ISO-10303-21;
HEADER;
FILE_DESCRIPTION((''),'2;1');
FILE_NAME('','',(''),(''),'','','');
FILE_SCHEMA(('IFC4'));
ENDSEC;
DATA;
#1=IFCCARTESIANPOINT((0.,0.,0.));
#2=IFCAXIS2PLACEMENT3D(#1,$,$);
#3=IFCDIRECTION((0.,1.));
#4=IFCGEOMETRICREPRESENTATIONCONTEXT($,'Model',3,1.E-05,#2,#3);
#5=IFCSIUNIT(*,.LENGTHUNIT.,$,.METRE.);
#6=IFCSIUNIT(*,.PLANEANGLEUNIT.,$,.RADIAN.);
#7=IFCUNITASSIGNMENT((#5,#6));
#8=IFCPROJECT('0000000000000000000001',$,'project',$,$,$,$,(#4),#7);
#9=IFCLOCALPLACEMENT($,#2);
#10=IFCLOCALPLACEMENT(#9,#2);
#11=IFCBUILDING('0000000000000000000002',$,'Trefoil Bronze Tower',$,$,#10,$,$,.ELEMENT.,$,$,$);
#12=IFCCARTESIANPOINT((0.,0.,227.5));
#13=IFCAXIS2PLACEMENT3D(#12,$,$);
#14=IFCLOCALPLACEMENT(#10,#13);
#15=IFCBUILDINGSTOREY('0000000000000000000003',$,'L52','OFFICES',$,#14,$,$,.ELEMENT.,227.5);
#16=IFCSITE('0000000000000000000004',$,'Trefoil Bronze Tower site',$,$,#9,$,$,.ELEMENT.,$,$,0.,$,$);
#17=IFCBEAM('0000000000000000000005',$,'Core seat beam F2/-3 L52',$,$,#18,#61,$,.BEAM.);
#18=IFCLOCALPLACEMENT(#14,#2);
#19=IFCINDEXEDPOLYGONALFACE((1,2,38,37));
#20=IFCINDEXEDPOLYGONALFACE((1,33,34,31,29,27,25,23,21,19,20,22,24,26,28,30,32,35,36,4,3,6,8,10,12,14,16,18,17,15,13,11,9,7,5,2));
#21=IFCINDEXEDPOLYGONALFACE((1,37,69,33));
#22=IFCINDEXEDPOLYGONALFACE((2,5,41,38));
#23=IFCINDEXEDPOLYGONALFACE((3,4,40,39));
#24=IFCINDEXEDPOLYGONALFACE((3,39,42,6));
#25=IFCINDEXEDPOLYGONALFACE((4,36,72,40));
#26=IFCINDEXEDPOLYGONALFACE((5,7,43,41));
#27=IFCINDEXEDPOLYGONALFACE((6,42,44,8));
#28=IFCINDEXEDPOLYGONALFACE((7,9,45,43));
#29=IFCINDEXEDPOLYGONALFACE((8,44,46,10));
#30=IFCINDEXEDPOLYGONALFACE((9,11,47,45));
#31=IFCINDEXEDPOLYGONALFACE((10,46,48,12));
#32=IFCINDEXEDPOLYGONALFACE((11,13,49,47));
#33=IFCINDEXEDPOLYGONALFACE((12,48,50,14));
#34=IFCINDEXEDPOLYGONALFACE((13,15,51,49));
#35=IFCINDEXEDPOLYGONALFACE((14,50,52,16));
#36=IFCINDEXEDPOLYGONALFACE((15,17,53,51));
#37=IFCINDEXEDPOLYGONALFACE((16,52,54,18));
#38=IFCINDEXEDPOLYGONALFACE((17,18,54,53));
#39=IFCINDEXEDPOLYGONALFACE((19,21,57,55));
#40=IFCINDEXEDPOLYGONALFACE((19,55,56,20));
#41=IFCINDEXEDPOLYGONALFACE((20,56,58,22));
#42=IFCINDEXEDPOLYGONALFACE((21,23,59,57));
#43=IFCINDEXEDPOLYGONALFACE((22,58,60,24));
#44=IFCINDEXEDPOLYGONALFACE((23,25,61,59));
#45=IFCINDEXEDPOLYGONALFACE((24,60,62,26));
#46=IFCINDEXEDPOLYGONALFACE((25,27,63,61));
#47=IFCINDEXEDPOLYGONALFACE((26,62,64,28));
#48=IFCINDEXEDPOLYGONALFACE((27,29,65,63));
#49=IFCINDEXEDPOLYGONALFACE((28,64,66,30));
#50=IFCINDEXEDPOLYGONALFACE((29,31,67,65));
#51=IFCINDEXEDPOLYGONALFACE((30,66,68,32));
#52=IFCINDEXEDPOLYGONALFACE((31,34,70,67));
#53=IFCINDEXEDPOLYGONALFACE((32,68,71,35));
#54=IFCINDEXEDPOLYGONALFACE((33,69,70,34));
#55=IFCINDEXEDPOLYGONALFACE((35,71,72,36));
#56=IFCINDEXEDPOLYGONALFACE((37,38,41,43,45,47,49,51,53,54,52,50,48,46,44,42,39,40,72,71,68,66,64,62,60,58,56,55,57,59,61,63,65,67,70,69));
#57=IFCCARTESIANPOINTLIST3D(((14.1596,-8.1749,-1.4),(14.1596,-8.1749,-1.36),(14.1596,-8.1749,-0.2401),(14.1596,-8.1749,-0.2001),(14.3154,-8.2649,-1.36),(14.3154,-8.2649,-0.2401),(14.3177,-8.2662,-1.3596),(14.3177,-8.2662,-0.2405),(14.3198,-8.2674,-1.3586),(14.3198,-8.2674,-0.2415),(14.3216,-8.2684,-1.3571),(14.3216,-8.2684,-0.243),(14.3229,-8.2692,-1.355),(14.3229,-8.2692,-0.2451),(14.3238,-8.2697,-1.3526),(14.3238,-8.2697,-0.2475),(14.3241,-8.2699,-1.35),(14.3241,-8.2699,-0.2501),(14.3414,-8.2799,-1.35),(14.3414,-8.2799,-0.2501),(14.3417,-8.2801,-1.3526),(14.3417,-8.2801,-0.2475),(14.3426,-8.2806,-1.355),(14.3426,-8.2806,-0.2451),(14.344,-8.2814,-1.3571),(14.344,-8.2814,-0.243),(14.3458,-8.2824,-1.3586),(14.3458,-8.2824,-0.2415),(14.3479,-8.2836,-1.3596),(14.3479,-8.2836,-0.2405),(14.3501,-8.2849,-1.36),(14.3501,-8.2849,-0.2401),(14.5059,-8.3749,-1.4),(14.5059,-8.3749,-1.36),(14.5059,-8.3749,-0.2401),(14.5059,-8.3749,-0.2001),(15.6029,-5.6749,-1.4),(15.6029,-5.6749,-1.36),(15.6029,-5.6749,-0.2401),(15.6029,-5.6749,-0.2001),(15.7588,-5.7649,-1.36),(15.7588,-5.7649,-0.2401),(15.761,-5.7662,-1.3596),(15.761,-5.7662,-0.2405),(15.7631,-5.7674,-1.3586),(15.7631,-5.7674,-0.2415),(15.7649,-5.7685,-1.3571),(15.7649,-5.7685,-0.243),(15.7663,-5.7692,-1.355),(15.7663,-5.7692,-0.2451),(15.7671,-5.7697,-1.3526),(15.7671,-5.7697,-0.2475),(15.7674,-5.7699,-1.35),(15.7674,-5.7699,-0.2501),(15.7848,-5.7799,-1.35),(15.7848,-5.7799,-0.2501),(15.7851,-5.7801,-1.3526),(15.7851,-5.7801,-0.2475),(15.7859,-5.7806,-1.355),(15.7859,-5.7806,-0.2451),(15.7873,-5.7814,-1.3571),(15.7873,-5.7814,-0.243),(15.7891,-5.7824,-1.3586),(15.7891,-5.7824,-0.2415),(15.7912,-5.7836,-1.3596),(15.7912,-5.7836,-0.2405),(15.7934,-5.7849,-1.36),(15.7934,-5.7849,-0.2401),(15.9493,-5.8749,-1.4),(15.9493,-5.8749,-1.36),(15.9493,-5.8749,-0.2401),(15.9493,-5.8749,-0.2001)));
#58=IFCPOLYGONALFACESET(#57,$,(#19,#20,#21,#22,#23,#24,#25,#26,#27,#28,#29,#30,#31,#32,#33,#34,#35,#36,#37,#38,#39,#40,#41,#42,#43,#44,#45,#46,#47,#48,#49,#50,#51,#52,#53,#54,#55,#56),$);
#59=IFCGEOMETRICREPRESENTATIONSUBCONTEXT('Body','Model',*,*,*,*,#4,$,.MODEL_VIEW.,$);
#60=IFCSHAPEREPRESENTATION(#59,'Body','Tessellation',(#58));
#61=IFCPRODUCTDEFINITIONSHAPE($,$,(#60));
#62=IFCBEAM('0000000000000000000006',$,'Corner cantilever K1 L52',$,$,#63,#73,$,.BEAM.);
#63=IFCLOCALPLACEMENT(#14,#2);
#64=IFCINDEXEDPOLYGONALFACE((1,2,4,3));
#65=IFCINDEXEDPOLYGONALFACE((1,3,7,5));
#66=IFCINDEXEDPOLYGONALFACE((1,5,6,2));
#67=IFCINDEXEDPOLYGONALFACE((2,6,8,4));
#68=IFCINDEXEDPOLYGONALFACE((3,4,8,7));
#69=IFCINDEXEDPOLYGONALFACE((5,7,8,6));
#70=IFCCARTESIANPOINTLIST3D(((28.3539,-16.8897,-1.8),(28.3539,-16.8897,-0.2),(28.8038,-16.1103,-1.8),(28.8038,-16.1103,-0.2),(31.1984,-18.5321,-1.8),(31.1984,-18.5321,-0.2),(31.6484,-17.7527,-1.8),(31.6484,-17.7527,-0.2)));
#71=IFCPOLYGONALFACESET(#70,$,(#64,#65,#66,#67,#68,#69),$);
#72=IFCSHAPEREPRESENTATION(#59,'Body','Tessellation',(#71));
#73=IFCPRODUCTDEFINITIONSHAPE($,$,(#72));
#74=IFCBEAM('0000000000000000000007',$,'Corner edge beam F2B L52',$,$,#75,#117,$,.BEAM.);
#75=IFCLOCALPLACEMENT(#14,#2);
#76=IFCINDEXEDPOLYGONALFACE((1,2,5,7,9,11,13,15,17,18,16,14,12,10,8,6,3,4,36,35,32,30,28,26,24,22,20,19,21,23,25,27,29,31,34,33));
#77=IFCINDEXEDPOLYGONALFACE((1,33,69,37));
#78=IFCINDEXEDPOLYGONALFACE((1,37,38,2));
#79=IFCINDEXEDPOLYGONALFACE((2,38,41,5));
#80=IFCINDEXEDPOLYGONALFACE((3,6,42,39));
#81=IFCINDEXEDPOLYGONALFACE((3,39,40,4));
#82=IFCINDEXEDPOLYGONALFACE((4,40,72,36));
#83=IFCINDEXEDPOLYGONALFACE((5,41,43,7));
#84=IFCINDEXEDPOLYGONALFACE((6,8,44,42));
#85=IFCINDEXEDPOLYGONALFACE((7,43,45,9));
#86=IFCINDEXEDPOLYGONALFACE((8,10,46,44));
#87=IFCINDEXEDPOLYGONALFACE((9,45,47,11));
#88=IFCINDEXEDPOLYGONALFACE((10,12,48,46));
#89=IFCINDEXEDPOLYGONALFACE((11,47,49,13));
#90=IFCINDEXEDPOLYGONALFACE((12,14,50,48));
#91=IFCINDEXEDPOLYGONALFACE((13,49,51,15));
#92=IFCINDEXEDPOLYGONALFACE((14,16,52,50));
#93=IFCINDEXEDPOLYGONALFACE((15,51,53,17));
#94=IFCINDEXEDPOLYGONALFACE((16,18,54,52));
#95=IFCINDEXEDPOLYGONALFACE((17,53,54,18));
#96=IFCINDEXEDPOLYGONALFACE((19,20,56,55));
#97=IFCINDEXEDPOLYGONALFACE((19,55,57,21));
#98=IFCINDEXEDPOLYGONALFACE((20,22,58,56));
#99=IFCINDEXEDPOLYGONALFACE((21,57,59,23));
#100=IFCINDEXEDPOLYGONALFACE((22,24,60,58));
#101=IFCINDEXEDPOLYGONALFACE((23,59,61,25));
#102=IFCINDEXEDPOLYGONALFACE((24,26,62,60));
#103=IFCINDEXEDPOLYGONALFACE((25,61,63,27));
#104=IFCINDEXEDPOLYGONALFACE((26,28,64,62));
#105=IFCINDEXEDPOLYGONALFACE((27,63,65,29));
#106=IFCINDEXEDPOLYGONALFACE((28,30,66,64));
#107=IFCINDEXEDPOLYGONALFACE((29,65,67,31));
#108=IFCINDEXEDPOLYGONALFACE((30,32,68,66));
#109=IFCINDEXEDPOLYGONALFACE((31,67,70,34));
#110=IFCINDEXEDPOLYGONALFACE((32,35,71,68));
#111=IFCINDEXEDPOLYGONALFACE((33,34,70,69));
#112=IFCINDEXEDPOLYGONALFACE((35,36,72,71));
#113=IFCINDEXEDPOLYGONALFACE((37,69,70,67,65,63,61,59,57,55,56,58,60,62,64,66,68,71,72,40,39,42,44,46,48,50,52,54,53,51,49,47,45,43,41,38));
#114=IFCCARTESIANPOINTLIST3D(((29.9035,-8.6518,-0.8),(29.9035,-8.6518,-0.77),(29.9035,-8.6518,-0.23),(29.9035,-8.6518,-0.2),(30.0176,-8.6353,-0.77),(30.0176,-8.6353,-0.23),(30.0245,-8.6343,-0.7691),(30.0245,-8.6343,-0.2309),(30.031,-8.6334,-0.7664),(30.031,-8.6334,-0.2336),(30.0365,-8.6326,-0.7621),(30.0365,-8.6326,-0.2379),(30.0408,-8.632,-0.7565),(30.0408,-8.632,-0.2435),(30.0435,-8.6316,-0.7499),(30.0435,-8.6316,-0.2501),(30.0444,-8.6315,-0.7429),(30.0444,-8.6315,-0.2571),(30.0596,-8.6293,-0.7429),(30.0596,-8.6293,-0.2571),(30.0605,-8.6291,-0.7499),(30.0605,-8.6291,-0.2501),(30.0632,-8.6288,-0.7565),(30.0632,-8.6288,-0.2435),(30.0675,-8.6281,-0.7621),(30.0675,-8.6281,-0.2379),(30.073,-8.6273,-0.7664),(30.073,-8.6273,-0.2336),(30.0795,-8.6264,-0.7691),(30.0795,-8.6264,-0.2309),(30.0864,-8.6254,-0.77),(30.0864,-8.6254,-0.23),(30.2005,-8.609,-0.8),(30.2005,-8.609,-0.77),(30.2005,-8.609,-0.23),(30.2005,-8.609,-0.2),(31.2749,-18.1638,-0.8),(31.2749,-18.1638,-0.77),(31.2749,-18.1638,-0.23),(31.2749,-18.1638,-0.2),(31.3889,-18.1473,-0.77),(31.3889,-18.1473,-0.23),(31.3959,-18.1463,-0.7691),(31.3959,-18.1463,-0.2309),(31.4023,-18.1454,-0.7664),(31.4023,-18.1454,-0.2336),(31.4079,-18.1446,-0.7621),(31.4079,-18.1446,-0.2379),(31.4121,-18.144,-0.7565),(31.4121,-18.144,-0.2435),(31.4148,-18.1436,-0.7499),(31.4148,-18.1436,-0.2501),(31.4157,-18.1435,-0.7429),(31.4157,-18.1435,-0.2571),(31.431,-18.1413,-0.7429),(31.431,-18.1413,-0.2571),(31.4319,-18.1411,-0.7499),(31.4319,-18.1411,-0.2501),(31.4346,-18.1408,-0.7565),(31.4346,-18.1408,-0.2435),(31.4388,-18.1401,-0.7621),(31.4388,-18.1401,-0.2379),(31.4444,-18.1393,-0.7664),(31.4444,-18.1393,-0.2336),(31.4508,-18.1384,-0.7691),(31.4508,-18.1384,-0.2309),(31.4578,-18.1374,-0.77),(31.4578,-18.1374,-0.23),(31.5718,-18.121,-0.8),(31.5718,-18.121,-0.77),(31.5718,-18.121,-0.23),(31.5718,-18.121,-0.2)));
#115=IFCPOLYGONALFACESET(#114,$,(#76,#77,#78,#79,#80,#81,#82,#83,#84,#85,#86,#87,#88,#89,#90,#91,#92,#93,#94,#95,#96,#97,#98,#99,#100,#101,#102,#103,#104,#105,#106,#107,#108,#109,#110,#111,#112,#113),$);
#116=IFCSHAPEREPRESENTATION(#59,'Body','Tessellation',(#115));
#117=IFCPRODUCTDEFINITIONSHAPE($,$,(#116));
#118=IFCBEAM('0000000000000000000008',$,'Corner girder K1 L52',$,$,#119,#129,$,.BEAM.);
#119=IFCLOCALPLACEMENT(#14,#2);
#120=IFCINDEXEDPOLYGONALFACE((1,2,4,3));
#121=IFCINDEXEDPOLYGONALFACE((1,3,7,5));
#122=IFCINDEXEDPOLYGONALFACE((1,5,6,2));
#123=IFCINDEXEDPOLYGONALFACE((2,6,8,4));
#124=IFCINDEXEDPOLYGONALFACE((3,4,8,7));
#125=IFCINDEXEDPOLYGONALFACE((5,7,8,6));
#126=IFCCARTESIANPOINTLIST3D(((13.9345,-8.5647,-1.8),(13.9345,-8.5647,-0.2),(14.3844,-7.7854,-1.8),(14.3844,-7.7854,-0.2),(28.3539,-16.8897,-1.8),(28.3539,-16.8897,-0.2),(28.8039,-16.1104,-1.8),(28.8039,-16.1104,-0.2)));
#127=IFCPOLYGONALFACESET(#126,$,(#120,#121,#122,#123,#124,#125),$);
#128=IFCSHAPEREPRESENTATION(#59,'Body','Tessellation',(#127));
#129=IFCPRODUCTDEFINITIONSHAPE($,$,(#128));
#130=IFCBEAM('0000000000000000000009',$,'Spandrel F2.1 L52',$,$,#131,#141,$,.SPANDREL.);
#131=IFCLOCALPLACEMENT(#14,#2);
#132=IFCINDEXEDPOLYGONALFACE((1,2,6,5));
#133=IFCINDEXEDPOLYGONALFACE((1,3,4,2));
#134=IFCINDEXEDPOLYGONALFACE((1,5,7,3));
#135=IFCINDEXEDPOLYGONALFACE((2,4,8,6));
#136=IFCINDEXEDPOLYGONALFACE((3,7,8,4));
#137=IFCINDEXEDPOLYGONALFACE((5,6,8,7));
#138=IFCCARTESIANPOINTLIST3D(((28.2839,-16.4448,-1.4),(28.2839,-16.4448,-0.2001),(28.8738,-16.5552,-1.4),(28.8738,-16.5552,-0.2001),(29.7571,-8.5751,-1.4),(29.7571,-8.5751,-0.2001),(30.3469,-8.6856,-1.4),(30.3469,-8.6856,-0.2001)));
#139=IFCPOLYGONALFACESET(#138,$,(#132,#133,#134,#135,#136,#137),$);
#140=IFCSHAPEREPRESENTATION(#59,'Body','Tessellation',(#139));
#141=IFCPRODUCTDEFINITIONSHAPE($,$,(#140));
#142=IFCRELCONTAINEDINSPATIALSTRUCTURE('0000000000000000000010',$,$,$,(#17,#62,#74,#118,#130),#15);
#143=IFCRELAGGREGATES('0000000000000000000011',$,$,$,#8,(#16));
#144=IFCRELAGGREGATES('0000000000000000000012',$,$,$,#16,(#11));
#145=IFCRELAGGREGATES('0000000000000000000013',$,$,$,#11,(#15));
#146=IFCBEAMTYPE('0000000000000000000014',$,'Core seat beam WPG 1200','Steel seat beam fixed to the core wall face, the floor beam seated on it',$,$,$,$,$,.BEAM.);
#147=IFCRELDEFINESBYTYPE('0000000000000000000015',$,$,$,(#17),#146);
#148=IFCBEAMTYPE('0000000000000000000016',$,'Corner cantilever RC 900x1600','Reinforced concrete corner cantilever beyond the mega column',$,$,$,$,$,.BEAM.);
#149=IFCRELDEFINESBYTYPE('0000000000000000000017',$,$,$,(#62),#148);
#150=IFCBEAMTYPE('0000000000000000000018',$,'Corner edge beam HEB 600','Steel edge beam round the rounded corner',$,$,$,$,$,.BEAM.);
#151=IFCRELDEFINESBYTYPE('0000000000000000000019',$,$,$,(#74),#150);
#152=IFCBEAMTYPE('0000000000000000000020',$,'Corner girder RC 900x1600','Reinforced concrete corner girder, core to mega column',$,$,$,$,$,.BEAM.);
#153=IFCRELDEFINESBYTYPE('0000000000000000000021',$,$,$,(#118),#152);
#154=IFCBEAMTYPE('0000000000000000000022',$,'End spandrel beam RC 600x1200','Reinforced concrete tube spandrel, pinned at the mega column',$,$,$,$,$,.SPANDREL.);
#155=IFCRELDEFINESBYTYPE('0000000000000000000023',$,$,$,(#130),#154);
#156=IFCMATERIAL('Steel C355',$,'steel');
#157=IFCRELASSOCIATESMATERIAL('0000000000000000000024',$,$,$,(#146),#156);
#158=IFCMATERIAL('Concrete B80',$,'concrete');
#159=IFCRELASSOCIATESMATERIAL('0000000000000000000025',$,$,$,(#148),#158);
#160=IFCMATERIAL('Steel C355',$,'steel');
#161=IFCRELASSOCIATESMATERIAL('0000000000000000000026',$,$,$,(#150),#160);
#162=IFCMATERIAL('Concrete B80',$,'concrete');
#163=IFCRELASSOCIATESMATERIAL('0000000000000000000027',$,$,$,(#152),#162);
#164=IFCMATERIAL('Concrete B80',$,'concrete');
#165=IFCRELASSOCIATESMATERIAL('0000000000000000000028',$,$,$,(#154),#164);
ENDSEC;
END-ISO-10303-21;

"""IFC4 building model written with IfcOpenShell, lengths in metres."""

from ifc_helpers import new_model, si_unit, direction, frame, origin, origin_2d, place, context, subcontext, project, spatial, rectangle, i_section, extrude, material, material_profile, profile_set, type_object, element, save


model = new_model("IFC4")

# Units and contexts
model_context = context("Model", 3, precision=1e-05, world=origin(), true_north=direction((0.0, 1.0)))
body_context = subcontext(model_context, "Body", "Model", "MODEL_VIEW")
ifc_project = project(units=[si_unit("LENGTHUNIT", "METRE"), si_unit("PLANEANGLEUNIT", "RADIAN")], contexts=[model_context])

# Site, building, storey
site_placement = place(None, origin())
site = spatial("IfcSite", under=ifc_project, at=site_placement, Name="Trefoil Bronze Tower site", CompositionType="ELEMENT", RefElevation=0.0)
building_placement = place(site_placement, origin())
building = spatial("IfcBuilding", under=site, at=building_placement, Name="Trefoil Bronze Tower", CompositionType="ELEMENT")
storey_placement = place(building_placement, frame((0.0, 0.0, 227.5)))
storey = spatial("IfcBuildingStorey", under=building, at=storey_placement, Name="L52", Description="OFFICES", CompositionType="ELEMENT", Elevation=227.5)

# Beams
ifc_material_1 = material(Name="Steel C355", Category="steel")
ifc_material_profile_1 = material_profile(ifc_material_1, i_section(OverallWidth=0.3999, OverallDepth=1.2, WebThickness=0.02, FlangeThickness=0.04, FilletRadius=0.01, at=origin_2d()), Name="WPG 1200")
ifc_profile_set_1 = profile_set([ifc_material_profile_1], Name="Steel C355")
beam_type_1 = type_object("IfcBeamType", Name="Core seat beam WPG 1200", Description="Steel seat beam fixed to the core wall face, the floor beam seated on it", PredefinedType="BEAM", material=ifc_profile_set_1)
beam_1_placement = place(storey_placement, frame((14.3328, -8.2749, -0.8), z_axis=(0.499996, 0.866028, 0.0), x_axis=(-0.866028, 0.499996, 0.0)))
element("IfcBeam", 1, at=beam_1_placement, inside=storey, type_object=beam_type_1, Name="Core seat beam F2/-3 L52", PredefinedType="BEAM", context=body_context, shape_type="SweptSolid", body=[
    extrude(i_section(OverallWidth=0.3999, OverallDepth=1.2, WebThickness=0.02, FlangeThickness=0.04, FilletRadius=0.01, at=origin_2d()), origin(), (0.0, 0.0, 1.0), 2.8867),
])
ifc_material_2 = material(Name="Concrete B80", Category="concrete")
ifc_material_profile_2 = material_profile(ifc_material_2, rectangle(XDim=0.8999, YDim=1.6001, at=origin_2d()), Name="RC 900x1600")
ifc_profile_set_2 = profile_set([ifc_material_profile_2], Name="Concrete B80")
beam_type_2 = type_object("IfcBeamType", Name="Corner cantilever RC 900x1600", Description="Reinforced concrete corner cantilever beyond the mega column", PredefinedType="BEAM", material=ifc_profile_set_2)
beam_2_placement = place(storey_placement, frame((28.5789, -16.5, -1.0), z_axis=(0.866016, -0.500016, 0.0), x_axis=(0.500016, 0.866016, 0.0)))
element("IfcBeam", 2, at=beam_2_placement, inside=storey, type_object=beam_type_2, Name="Corner cantilever K1 L52", PredefinedType="BEAM", context=body_context, shape_type="SweptSolid", body=[
    extrude(rectangle(XDim=0.8999, YDim=1.6001, at=origin_2d()), origin(), (0.0, 0.0, 1.0), 3.2847),
])
ifc_material_3 = material(Name="Steel C355", Category="steel")
ifc_material_profile_3 = material_profile(ifc_material_3, i_section(OverallWidth=0.3, OverallDepth=0.6001, WebThickness=0.0154, FlangeThickness=0.03, FilletRadius=0.0271, at=origin_2d()), Name="HEB 600")
ifc_profile_set_3 = profile_set([ifc_material_profile_3], Name="Steel C355")
beam_type_3 = type_object("IfcBeamType", Name="Corner edge beam HEB 600", Description="Steel edge beam round the rounded corner", PredefinedType="BEAM", material=ifc_profile_set_3)
beam_3_placement = place(storey_placement, frame((30.052, -8.6304, -0.5), z_axis=(0.142694, -0.989767, 0.0), x_axis=(0.989767, 0.142694, 0.0)))
element("IfcBeam", 3, at=beam_3_placement, inside=storey, type_object=beam_type_3, Name="Corner edge beam F2B L52", PredefinedType="BEAM", context=body_context, shape_type="SweptSolid", body=[
    extrude(i_section(OverallWidth=0.3, OverallDepth=0.6001, WebThickness=0.0154, FlangeThickness=0.03, FilletRadius=0.0271, at=origin_2d()), origin(), (0.0, 0.0, 1.0), 9.6104),
])
ifc_material_4 = material(Name="Concrete B80", Category="concrete")
ifc_material_profile_4 = material_profile(ifc_material_4, rectangle(XDim=0.8999, YDim=1.6001, at=origin_2d()), Name="RC 900x1600")
ifc_profile_set_4 = profile_set([ifc_material_profile_4], Name="Concrete B80")
beam_type_4 = type_object("IfcBeamType", Name="Corner girder RC 900x1600", Description="Reinforced concrete corner girder, core to mega column", PredefinedType="BEAM", material=ifc_profile_set_4)
beam_4_placement = place(storey_placement, frame((14.1594, -8.175, -1.0), z_axis=(0.866028, -0.499995, 0.0), x_axis=(0.499995, 0.866028, 0.0)))
element("IfcBeam", 4, at=beam_4_placement, inside=storey, type_object=beam_type_4, Name="Corner girder K1 L52", PredefinedType="BEAM", context=body_context, shape_type="SweptSolid", body=[
    extrude(rectangle(XDim=0.8999, YDim=1.6001, at=origin_2d()), origin(), (0.0, 0.0, 1.0), 16.6501),
])
ifc_material_5 = material(Name="Concrete B80", Category="concrete")
ifc_material_profile_5 = material_profile(ifc_material_5, rectangle(XDim=0.6001, YDim=1.2, at=origin_2d()), Name="RC 600x1200")
ifc_profile_set_5 = profile_set([ifc_material_profile_5], Name="Concrete B80")
beam_type_5 = type_object("IfcBeamType", Name="End spandrel beam RC 600x1200", Description="Reinforced concrete tube spandrel, pinned at the mega column", PredefinedType="SPANDREL", material=ifc_profile_set_5)
beam_5_placement = place(storey_placement, frame((28.5789, -16.5, -0.8), z_axis=(0.183998, 0.982927, 0.0), x_axis=(-0.982927, 0.183998, 0.0)))
element("IfcBeam", 5, at=beam_5_placement, inside=storey, type_object=beam_type_5, Name="Spandrel F2.1 L52", PredefinedType="SPANDREL", context=body_context, shape_type="SweptSolid", body=[
    extrude(rectangle(XDim=0.6001, YDim=1.2, at=origin_2d()), origin(), (0.0, 0.0, 1.0), 8.0063),
])

save(model, "model.ifc")
